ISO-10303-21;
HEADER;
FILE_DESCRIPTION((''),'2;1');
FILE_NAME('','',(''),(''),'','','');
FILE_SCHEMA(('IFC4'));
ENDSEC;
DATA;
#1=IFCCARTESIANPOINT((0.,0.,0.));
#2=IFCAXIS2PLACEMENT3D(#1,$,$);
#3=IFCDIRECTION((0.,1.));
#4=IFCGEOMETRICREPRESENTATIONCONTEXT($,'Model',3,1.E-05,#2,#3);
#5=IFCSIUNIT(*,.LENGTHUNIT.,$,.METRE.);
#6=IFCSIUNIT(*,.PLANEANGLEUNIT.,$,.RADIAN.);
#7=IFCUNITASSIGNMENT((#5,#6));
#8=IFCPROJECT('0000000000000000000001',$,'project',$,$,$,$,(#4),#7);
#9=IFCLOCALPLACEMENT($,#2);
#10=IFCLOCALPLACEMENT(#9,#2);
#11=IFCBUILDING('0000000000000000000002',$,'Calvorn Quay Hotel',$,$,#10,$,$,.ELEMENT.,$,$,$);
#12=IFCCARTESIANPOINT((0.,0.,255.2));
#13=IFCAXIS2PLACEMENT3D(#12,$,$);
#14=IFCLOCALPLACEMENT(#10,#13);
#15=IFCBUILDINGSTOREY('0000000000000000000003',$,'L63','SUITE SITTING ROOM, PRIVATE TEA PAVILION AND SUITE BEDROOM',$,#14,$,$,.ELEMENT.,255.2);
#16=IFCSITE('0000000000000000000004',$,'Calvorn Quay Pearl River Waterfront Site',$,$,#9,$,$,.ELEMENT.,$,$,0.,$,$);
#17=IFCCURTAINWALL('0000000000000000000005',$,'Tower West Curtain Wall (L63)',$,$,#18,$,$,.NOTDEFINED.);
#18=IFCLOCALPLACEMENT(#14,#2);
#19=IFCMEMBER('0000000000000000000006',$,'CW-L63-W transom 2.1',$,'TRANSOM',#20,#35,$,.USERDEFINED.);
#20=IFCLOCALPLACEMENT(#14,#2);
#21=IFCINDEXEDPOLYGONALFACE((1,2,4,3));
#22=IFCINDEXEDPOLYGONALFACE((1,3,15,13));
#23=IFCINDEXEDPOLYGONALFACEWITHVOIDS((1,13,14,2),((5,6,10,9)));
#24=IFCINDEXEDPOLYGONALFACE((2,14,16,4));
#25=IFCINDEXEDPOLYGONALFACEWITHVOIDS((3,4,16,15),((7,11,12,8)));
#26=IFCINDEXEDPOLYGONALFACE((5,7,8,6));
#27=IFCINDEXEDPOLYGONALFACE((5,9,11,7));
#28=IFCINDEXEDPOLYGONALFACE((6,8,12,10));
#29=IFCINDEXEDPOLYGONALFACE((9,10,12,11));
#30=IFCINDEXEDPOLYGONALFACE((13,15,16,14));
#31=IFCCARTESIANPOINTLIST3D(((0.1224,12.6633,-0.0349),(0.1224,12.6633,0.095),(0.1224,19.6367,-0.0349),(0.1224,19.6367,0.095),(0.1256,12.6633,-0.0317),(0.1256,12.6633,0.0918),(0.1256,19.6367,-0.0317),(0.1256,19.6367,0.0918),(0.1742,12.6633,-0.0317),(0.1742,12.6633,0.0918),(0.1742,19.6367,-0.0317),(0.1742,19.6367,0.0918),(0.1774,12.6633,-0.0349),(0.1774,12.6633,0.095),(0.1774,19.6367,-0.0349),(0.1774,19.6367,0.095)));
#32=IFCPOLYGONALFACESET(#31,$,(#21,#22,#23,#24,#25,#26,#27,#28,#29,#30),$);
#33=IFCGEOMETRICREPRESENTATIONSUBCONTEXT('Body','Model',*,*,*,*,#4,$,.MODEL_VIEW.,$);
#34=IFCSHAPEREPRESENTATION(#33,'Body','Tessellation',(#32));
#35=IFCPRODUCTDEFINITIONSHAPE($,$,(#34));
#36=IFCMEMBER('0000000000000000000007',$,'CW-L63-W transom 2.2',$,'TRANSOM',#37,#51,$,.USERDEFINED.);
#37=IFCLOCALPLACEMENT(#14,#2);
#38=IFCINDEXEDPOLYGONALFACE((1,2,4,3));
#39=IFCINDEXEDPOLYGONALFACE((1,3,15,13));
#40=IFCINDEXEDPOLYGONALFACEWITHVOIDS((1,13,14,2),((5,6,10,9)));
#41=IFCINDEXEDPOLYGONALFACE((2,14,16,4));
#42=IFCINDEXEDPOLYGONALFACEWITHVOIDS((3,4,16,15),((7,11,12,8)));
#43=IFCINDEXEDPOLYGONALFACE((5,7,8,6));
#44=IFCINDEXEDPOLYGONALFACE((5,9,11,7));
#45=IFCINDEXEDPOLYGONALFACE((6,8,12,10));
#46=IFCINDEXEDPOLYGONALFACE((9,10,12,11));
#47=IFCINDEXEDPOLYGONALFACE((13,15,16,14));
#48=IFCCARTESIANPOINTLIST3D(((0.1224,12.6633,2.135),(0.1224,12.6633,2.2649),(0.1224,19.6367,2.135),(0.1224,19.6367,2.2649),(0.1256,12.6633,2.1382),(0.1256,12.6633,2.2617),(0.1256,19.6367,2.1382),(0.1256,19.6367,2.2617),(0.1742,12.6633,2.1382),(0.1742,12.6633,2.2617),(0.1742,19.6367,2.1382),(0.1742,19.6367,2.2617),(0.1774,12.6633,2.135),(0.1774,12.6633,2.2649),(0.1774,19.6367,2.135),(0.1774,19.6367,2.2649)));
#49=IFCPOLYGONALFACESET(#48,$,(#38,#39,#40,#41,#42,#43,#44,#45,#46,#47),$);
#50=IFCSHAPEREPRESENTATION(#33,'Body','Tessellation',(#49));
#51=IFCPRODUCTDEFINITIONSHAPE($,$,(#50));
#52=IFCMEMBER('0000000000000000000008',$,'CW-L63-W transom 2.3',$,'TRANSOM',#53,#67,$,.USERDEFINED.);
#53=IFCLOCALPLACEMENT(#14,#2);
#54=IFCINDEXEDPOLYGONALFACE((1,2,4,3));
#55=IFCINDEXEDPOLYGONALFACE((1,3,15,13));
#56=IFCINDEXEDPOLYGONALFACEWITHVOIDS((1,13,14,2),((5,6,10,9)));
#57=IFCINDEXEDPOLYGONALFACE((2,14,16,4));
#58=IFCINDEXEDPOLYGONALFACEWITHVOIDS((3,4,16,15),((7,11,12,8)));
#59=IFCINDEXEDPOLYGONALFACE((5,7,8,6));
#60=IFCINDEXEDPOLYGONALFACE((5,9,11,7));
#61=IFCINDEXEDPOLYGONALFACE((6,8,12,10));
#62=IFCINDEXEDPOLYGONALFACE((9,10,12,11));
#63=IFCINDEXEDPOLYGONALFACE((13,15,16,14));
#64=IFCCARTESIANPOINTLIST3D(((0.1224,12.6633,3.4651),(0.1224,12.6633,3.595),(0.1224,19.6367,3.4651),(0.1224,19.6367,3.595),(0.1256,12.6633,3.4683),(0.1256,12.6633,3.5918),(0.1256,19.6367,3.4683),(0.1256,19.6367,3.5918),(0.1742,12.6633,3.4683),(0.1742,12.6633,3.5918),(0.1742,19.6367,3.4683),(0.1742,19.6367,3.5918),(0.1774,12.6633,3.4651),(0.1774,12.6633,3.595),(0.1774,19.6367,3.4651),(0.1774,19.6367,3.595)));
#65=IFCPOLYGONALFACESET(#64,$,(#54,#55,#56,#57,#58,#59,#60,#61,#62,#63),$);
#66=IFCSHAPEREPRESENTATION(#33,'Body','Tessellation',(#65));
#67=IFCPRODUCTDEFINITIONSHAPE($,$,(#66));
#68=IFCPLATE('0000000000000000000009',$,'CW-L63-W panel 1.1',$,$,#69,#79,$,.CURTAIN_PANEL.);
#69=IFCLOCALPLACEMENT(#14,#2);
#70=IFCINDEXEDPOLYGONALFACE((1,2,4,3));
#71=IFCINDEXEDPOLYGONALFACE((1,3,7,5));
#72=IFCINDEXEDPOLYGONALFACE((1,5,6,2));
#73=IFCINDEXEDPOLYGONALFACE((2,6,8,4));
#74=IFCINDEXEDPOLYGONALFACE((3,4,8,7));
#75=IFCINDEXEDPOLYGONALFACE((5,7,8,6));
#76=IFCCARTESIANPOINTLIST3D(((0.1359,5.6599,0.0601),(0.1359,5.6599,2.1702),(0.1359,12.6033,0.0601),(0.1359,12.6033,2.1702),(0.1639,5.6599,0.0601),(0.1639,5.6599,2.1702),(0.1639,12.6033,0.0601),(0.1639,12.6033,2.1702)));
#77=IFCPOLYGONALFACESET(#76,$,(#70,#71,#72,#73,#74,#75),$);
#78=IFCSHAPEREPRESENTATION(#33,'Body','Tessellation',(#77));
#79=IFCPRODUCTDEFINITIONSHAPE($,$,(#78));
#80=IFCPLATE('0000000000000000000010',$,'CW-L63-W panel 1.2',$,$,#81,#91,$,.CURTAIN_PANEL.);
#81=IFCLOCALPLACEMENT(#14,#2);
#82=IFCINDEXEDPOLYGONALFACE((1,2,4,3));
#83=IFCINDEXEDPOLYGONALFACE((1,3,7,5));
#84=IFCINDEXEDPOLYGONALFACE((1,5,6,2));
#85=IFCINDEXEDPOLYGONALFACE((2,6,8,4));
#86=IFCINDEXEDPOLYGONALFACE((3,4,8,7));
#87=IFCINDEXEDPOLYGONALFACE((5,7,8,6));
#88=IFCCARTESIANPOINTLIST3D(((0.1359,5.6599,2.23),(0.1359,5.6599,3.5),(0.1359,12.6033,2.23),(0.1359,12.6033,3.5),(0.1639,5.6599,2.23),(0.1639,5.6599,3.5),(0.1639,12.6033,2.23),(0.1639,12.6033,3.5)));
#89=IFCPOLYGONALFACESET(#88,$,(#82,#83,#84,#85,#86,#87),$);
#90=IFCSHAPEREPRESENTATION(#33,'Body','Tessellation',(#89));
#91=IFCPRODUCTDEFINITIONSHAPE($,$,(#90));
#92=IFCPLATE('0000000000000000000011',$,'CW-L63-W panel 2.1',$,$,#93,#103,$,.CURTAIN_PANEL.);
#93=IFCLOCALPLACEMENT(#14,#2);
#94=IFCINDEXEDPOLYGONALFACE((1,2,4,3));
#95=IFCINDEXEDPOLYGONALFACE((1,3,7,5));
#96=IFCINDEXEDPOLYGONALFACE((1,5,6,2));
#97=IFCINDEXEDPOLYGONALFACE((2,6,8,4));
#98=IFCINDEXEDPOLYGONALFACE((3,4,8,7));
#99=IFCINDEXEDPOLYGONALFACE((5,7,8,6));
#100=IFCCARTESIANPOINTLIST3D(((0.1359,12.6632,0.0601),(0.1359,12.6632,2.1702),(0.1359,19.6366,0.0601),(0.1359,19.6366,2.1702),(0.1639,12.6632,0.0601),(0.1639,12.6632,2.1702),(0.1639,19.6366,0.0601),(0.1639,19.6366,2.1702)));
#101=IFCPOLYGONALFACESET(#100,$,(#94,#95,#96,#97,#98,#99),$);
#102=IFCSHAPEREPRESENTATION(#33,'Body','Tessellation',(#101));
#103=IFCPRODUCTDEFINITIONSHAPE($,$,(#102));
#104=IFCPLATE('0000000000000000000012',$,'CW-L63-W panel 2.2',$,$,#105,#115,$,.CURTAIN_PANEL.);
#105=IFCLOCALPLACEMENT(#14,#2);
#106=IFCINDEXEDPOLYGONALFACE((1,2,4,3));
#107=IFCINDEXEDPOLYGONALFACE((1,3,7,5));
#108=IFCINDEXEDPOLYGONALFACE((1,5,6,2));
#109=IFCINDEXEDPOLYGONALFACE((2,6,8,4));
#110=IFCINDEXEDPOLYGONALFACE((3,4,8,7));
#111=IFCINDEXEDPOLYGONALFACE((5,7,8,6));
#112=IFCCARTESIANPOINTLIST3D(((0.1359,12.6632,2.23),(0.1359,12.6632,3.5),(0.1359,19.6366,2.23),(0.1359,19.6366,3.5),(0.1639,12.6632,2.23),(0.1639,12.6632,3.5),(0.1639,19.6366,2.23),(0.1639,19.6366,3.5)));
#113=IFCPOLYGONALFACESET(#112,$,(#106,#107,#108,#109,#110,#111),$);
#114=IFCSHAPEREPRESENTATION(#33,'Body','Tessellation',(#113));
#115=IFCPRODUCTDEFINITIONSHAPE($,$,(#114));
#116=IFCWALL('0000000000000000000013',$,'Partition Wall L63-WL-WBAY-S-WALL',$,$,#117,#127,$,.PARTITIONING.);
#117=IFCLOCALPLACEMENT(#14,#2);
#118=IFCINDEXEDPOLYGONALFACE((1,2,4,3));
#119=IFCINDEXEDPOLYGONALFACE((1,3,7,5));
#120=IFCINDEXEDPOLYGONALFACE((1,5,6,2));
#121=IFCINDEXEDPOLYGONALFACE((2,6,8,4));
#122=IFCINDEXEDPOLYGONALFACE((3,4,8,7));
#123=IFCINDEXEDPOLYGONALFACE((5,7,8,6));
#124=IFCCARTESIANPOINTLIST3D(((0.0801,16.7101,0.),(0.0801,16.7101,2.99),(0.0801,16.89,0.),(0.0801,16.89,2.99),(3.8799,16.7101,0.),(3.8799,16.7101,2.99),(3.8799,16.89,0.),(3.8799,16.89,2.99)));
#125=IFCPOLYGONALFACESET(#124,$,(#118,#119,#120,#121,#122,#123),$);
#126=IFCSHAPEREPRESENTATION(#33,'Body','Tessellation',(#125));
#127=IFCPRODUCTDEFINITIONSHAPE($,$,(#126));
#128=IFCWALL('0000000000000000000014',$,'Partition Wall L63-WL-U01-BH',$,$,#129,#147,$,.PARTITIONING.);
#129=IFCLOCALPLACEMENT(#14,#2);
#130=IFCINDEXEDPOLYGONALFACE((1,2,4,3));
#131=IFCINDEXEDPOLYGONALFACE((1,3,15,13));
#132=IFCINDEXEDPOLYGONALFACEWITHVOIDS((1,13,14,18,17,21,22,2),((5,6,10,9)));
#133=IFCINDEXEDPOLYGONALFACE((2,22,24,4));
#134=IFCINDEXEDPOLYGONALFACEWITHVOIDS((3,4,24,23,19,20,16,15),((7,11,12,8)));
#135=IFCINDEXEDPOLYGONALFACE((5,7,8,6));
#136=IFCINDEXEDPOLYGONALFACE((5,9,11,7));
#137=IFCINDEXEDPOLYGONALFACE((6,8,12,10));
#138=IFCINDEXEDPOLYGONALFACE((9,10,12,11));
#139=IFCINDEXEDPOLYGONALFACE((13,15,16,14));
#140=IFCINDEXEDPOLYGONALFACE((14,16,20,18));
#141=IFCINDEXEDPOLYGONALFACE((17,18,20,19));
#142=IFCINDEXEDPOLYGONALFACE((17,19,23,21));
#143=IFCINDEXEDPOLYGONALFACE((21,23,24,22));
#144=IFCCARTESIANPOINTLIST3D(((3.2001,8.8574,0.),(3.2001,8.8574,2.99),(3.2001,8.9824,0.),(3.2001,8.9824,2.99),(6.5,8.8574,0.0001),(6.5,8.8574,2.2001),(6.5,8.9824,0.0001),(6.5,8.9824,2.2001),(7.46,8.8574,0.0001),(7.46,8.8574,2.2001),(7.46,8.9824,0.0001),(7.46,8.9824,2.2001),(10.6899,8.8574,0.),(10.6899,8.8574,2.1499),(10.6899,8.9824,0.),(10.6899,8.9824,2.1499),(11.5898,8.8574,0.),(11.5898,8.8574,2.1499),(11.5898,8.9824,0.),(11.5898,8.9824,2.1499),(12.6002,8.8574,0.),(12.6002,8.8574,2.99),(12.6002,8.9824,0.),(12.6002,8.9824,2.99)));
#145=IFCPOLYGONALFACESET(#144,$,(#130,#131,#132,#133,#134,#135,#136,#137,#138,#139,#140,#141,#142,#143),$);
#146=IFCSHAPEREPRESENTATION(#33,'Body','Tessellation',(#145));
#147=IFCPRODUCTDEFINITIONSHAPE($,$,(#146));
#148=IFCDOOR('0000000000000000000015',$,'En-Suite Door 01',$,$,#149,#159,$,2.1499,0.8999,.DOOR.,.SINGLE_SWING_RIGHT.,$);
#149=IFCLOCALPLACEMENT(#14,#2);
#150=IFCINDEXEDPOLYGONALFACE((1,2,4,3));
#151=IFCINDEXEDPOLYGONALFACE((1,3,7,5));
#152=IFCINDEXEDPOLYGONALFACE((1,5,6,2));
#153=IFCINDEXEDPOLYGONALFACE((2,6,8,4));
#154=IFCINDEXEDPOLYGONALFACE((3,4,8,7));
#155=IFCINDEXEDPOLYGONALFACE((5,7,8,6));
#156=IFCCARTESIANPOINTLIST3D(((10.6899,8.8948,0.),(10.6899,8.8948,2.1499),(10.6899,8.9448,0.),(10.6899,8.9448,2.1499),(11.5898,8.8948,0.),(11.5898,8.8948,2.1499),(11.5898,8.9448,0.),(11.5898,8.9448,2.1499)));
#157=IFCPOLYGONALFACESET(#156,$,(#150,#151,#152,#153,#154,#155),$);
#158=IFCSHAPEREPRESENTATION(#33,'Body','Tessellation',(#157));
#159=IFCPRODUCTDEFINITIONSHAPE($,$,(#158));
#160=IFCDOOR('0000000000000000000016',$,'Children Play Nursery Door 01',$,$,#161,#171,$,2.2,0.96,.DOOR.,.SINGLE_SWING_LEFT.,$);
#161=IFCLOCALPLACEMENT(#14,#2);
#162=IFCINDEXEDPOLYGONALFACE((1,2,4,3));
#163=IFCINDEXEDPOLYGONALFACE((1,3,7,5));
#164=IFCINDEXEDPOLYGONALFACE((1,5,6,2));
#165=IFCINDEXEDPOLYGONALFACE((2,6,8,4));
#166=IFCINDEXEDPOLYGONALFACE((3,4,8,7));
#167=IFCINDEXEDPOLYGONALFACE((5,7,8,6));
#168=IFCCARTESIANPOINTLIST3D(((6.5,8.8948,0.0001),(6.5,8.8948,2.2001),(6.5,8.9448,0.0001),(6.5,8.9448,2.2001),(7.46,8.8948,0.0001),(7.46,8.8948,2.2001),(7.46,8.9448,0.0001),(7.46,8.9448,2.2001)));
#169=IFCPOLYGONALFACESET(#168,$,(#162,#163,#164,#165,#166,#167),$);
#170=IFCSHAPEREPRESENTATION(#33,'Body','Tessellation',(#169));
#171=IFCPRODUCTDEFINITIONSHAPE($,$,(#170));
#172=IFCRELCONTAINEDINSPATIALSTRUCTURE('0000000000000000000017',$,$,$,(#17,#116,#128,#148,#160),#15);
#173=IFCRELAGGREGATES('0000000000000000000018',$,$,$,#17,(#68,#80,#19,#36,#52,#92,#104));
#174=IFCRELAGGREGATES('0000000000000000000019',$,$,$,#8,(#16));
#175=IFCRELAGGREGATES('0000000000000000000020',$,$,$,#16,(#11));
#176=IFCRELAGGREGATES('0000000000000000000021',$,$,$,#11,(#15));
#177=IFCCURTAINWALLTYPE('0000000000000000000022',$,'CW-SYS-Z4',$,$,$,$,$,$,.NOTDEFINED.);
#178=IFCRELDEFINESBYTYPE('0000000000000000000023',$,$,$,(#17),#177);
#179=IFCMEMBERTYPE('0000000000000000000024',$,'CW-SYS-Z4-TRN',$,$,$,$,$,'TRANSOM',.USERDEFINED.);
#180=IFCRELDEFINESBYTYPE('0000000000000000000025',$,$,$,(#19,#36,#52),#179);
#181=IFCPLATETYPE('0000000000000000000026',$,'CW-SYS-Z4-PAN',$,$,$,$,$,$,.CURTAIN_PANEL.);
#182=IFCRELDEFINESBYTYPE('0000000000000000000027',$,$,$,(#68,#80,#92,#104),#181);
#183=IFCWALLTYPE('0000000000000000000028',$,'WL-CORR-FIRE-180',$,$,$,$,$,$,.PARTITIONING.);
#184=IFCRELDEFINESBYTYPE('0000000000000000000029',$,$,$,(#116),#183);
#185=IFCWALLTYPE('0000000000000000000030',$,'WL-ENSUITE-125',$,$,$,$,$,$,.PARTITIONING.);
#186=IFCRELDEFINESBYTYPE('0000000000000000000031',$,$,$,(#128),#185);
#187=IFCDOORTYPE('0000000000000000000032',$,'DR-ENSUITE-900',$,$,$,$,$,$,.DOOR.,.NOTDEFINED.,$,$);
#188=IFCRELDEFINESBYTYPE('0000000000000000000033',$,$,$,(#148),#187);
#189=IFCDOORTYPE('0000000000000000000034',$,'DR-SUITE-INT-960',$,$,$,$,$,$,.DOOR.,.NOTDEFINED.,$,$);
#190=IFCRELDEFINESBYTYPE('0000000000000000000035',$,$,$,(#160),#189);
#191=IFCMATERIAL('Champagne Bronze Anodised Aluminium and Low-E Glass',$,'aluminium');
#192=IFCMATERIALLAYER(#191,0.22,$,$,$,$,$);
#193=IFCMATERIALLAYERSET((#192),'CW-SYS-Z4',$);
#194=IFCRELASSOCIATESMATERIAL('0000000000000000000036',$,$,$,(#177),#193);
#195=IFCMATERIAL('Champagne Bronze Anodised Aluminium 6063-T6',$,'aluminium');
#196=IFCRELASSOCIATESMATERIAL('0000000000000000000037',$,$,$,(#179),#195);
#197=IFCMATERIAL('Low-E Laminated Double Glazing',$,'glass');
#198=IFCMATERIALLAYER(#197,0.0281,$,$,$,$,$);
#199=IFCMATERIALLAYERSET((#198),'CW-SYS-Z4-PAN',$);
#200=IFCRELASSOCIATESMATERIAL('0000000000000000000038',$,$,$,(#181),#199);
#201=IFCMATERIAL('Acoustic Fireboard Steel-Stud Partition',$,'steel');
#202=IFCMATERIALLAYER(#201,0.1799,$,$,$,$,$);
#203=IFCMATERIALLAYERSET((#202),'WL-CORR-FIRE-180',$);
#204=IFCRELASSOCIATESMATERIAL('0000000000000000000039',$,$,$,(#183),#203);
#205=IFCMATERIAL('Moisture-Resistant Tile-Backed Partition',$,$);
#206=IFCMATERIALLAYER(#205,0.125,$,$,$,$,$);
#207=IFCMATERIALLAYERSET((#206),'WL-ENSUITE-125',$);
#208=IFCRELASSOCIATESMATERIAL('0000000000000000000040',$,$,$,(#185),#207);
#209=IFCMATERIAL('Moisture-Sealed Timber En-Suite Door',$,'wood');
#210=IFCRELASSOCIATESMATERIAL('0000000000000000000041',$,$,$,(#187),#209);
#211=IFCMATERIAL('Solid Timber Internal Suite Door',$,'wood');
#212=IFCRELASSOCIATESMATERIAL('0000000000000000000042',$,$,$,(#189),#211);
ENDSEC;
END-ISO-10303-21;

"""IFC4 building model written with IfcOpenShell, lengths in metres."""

from ifc_helpers import new_model, si_unit, direction, frame, frame_2d, origin, origin_2d, place, context, subcontext, project, spatial, rectangle, hollow_rectangle, extrude, material, layer, layer_set, material_profile, profile_set, type_object, element, fill, aggregate, save


model = new_model("IFC4")

# Units and contexts
model_context = context("Model", 3, precision=1e-05, world=origin(), true_north=direction((0.0, 1.0)))
body_context = subcontext(model_context, "Body", "Model", "MODEL_VIEW")
ifc_project = project(units=[si_unit("LENGTHUNIT", "METRE"), si_unit("PLANEANGLEUNIT", "RADIAN")], contexts=[model_context])

# Site, building, storey
site_placement = place(None, origin())
site = spatial("IfcSite", under=ifc_project, at=site_placement, Name="Calvorn Quay Pearl River Waterfront Site", CompositionType="ELEMENT", RefElevation=0.0)
building_placement = place(site_placement, origin())
building = spatial("IfcBuilding", under=site, at=building_placement, Name="Calvorn Quay Hotel", CompositionType="ELEMENT")
storey_placement = place(building_placement, frame((0.0, 0.0, 255.2)))
storey = spatial("IfcBuildingStorey", under=building, at=storey_placement, Name="L63", Description="SUITE SITTING ROOM, PRIVATE TEA PAVILION AND SUITE BEDROOM", CompositionType="ELEMENT", Elevation=255.2)

# Curtain wall, members, plates
ifc_material_1 = material(Name="Champagne Bronze Anodised Aluminium and Low-E Glass", Category="aluminium")
ifc_layer_1 = layer(ifc_material_1, 0.22)
ifc_layer_set_1 = layer_set([ifc_layer_1], Name="CW-SYS-Z4")
curtain_wall_type = type_object("IfcCurtainWallType", Name="CW-SYS-Z4", PredefinedType="NOTDEFINED", material=ifc_layer_set_1)
curtain_wall_placement = place(storey_placement, origin())
curtain_wall = element("IfcCurtainWall", 1, at=curtain_wall_placement, inside=storey, type_object=curtain_wall_type, Name="Tower West Curtain Wall (L63)", PredefinedType="NOTDEFINED")
ifc_material_2 = material(Name="Champagne Bronze Anodised Aluminium 6063-T6", Category="aluminium")
ifc_material_profile_1 = material_profile(ifc_material_2, hollow_rectangle(XDim=0.0549, YDim=0.1299, WallThickness=0.0032, at=origin_2d()), Name="ALU-T130x55x3.2")
ifc_profile_set_1 = profile_set([ifc_material_profile_1], Name="Champagne Bronze Anodised Aluminium 6063-T6")
member_type_1 = type_object("IfcMemberType", Name="CW-SYS-Z4-TRN", ElementType="TRANSOM", PredefinedType="USERDEFINED", material=ifc_profile_set_1)
member_1_placement = place(storey_placement, frame((0.1499, 12.6633, 0.03), z_axis=(0.0, 1.0, 0.0), x_axis=(-1.0, 0.0, 0.0)))
member_1 = element("IfcMember", 2, at=member_1_placement, type_object=member_type_1, Name="CW-L63-W transom 2.1", ObjectType="TRANSOM", PredefinedType="USERDEFINED", context=body_context, shape_type="SweptSolid", body=[
    extrude(hollow_rectangle(XDim=0.0549, YDim=0.1299, WallThickness=0.0032, at=origin_2d()), origin(), (0.0, 0.0, 1.0), 6.9734),
])
member_2_placement = place(storey_placement, frame((0.1499, 12.6633, 2.2), z_axis=(0.0, 1.0, 0.0), x_axis=(-1.0, 0.0, 0.0)))
member_2 = element("IfcMember", 3, at=member_2_placement, type_object=member_type_1, Name="CW-L63-W transom 2.2", ObjectType="TRANSOM", PredefinedType="USERDEFINED", context=body_context, shape_type="SweptSolid", body=[
    extrude(hollow_rectangle(XDim=0.0549, YDim=0.1299, WallThickness=0.0032, at=origin_2d()), origin(), (0.0, 0.0, 1.0), 6.9734),
])
member_3_placement = place(storey_placement, frame((0.1499, 12.6633, 3.53), z_axis=(0.0, 1.0, 0.0), x_axis=(-1.0, 0.0, 0.0)))
member_3 = element("IfcMember", 4, at=member_3_placement, type_object=member_type_1, Name="CW-L63-W transom 2.3", ObjectType="TRANSOM", PredefinedType="USERDEFINED", context=body_context, shape_type="SweptSolid", body=[
    extrude(hollow_rectangle(XDim=0.0549, YDim=0.1299, WallThickness=0.0032, at=origin_2d()), origin(), (0.0, 0.0, 1.0), 6.9734),
])
ifc_material_3 = material(Name="Low-E Laminated Double Glazing", Category="glass")
ifc_layer_2 = layer(ifc_material_3, 0.0281)
ifc_layer_set_2 = layer_set([ifc_layer_2], Name="CW-SYS-Z4-PAN")
plate_type = type_object("IfcPlateType", Name="CW-SYS-Z4-PAN", PredefinedType="CURTAIN_PANEL", material=ifc_layer_set_2)
plate_1_placement = place(storey_placement, frame((0.1499, 9.1316, 0.0601), z_axis=(0.0, 0.0, 1.0), x_axis=(0.0, 1.0, 0.0)))
plate_1 = element("IfcPlate", 5, at=plate_1_placement, type_object=plate_type, Name="CW-L63-W panel 1.1", PredefinedType="CURTAIN_PANEL", context=body_context, shape_type="SweptSolid", body=[
    extrude(rectangle(XDim=6.9434, YDim=0.0281, at=origin_2d()), origin(), (0.0, 0.0, 1.0), 2.1101),
])
plate_2_placement = place(storey_placement, frame((0.1499, 9.1316, 2.23), z_axis=(0.0, 0.0, 1.0), x_axis=(0.0, 1.0, 0.0)))
plate_2 = element("IfcPlate", 6, at=plate_2_placement, type_object=plate_type, Name="CW-L63-W panel 1.2", PredefinedType="CURTAIN_PANEL", context=body_context, shape_type="SweptSolid", body=[
    extrude(rectangle(XDim=6.9434, YDim=0.0281, at=origin_2d()), origin(), (0.0, 0.0, 1.0), 1.27),
])
plate_3_placement = place(storey_placement, frame((0.1499, 16.1499, 0.0601), z_axis=(0.0, 0.0, 1.0), x_axis=(0.0, 1.0, 0.0)))
plate_3 = element("IfcPlate", 7, at=plate_3_placement, type_object=plate_type, Name="CW-L63-W panel 2.1", PredefinedType="CURTAIN_PANEL", context=body_context, shape_type="SweptSolid", body=[
    extrude(rectangle(XDim=6.9734, YDim=0.0281, at=origin_2d()), origin(), (0.0, 0.0, 1.0), 2.1101),
])
plate_4_placement = place(storey_placement, frame((0.1499, 16.1499, 2.23), z_axis=(0.0, 0.0, 1.0), x_axis=(0.0, 1.0, 0.0)))
plate_4 = element("IfcPlate", 8, at=plate_4_placement, type_object=plate_type, Name="CW-L63-W panel 2.2", PredefinedType="CURTAIN_PANEL", context=body_context, shape_type="SweptSolid", body=[
    extrude(rectangle(XDim=6.9734, YDim=0.0281, at=origin_2d()), origin(), (0.0, 0.0, 1.0), 1.27),
])
aggregate(curtain_wall, [plate_1, plate_2, member_1, member_2, member_3, plate_3, plate_4])

# Wall
ifc_material_4 = material(Name="Acoustic Fireboard Steel-Stud Partition", Category="steel")
ifc_layer_3 = layer(ifc_material_4, 0.1799)
ifc_layer_set_3 = layer_set([ifc_layer_3], Name="WL-CORR-FIRE-180")
wall_type_1 = type_object("IfcWallType", Name="WL-CORR-FIRE-180", PredefinedType="PARTITIONING", material=ifc_layer_set_3)
wall_1_placement = place(storey_placement, frame((0.0801, 16.8, 0.0), z_axis=(0.0, 0.0, 1.0), x_axis=(1.0, 0.0, 0.0)))
element("IfcWall", 9, at=wall_1_placement, inside=storey, type_object=wall_type_1, Name="Partition Wall L63-WL-WBAY-S-WALL", PredefinedType="PARTITIONING", context=body_context, shape_type="SweptSolid", body=[
    extrude(rectangle(XDim=3.7998, YDim=0.1799, at=frame_2d((1.8999, 0.0))), origin(), (0.0, 0.0, 1.0), 2.99),
])

# Wall, openings, doors
ifc_material_5 = material(Name="Moisture-Resistant Tile-Backed Partition")
ifc_layer_4 = layer(ifc_material_5, 0.125)
ifc_layer_set_4 = layer_set([ifc_layer_4], Name="WL-ENSUITE-125")
wall_type_2 = type_object("IfcWallType", Name="WL-ENSUITE-125", PredefinedType="PARTITIONING", material=ifc_layer_set_4)
wall_2_placement = place(storey_placement, frame((3.2, 8.9199, 0.0), z_axis=(0.0, 0.0, 1.0), x_axis=(1.0, 0.0, 0.0)))
wall_2 = element("IfcWall", 10, at=wall_2_placement, inside=storey, type_object=wall_type_2, Name="Partition Wall L63-WL-U01-BH", PredefinedType="PARTITIONING", context=body_context, shape_type="SweptSolid", body=[
    extrude(rectangle(XDim=9.4001, YDim=0.125, at=frame_2d((4.7002, 0.0))), origin(), (0.0, 0.0, 1.0), 2.99),
])
opening_1_placement = place(wall_2_placement, frame((3.3, 0.0, 0.0)))
opening_1 = element("IfcOpeningElement", 11, at=opening_1_placement, cuts=wall_2, PredefinedType="OPENING", context=body_context, shape_type="SweptSolid", body=[
    extrude(rectangle(XDim=0.96, YDim=2.2, at=frame_2d((0.48, 1.1001))), frame((0.0, 0.0725, 0.0), z_axis=(0.0, -1.0, 0.0), x_axis=(1.0, 0.0, 0.0)), (0.0, 0.0, 1.0), 0.145),
])
opening_2_placement = place(wall_2_placement, frame((7.49, 0.0, 0.0)))
opening_2 = element("IfcOpeningElement", 12, at=opening_2_placement, cuts=wall_2, PredefinedType="OPENING", context=body_context, shape_type="SweptSolid", body=[
    extrude(rectangle(XDim=0.8999, YDim=2.1499, at=frame_2d((0.45, 1.075))), frame((0.0, 0.0725, 0.0), z_axis=(0.0, -1.0, 0.0), x_axis=(1.0, 0.0, 0.0)), (0.0, 0.0, 1.0), 0.145),
])
ifc_material_6 = material(Name="Moisture-Sealed Timber En-Suite Door", Category="wood")
door_type_1 = type_object("IfcDoorType", Name="DR-ENSUITE-900", OperationType="NOTDEFINED", PredefinedType="DOOR", material=ifc_material_6)
door_1_placement = place(opening_2_placement, origin())
door_1 = element("IfcDoor", 13, at=door_1_placement, inside=storey, type_object=door_type_1, Name="En-Suite Door 01", OperationType="SINGLE_SWING_RIGHT", OverallHeight=2.1499, OverallWidth=0.8999, PredefinedType="DOOR", context=body_context, shape_type="SweptSolid", body=[
    extrude(rectangle(XDim=0.8999, YDim=2.1499, at=frame_2d((0.45, 1.075))), frame((0.0, 0.0249, 0.0), z_axis=(0.0, -1.0, 0.0), x_axis=(1.0, 0.0, 0.0)), (0.0, 0.0, 1.0), 0.05),
])
fill(opening_2, door_1)
ifc_material_7 = material(Name="Solid Timber Internal Suite Door", Category="wood")
door_type_2 = type_object("IfcDoorType", Name="DR-SUITE-INT-960", OperationType="NOTDEFINED", PredefinedType="DOOR", material=ifc_material_7)
door_2_placement = place(opening_1_placement, origin())
door_2 = element("IfcDoor", 14, at=door_2_placement, inside=storey, type_object=door_type_2, Name="Children Play Nursery Door 01", OperationType="SINGLE_SWING_LEFT", OverallHeight=2.2, OverallWidth=0.96, PredefinedType="DOOR", context=body_context, shape_type="SweptSolid", body=[
    extrude(rectangle(XDim=0.96, YDim=2.2, at=frame_2d((0.48, 1.1001))), frame((0.0, 0.0249, 0.0), z_axis=(0.0, -1.0, 0.0), x_axis=(1.0, 0.0, 0.0)), (0.0, 0.0, 1.0), 0.05),
])
fill(opening_1, door_2)

save(model, "model.ifc")
